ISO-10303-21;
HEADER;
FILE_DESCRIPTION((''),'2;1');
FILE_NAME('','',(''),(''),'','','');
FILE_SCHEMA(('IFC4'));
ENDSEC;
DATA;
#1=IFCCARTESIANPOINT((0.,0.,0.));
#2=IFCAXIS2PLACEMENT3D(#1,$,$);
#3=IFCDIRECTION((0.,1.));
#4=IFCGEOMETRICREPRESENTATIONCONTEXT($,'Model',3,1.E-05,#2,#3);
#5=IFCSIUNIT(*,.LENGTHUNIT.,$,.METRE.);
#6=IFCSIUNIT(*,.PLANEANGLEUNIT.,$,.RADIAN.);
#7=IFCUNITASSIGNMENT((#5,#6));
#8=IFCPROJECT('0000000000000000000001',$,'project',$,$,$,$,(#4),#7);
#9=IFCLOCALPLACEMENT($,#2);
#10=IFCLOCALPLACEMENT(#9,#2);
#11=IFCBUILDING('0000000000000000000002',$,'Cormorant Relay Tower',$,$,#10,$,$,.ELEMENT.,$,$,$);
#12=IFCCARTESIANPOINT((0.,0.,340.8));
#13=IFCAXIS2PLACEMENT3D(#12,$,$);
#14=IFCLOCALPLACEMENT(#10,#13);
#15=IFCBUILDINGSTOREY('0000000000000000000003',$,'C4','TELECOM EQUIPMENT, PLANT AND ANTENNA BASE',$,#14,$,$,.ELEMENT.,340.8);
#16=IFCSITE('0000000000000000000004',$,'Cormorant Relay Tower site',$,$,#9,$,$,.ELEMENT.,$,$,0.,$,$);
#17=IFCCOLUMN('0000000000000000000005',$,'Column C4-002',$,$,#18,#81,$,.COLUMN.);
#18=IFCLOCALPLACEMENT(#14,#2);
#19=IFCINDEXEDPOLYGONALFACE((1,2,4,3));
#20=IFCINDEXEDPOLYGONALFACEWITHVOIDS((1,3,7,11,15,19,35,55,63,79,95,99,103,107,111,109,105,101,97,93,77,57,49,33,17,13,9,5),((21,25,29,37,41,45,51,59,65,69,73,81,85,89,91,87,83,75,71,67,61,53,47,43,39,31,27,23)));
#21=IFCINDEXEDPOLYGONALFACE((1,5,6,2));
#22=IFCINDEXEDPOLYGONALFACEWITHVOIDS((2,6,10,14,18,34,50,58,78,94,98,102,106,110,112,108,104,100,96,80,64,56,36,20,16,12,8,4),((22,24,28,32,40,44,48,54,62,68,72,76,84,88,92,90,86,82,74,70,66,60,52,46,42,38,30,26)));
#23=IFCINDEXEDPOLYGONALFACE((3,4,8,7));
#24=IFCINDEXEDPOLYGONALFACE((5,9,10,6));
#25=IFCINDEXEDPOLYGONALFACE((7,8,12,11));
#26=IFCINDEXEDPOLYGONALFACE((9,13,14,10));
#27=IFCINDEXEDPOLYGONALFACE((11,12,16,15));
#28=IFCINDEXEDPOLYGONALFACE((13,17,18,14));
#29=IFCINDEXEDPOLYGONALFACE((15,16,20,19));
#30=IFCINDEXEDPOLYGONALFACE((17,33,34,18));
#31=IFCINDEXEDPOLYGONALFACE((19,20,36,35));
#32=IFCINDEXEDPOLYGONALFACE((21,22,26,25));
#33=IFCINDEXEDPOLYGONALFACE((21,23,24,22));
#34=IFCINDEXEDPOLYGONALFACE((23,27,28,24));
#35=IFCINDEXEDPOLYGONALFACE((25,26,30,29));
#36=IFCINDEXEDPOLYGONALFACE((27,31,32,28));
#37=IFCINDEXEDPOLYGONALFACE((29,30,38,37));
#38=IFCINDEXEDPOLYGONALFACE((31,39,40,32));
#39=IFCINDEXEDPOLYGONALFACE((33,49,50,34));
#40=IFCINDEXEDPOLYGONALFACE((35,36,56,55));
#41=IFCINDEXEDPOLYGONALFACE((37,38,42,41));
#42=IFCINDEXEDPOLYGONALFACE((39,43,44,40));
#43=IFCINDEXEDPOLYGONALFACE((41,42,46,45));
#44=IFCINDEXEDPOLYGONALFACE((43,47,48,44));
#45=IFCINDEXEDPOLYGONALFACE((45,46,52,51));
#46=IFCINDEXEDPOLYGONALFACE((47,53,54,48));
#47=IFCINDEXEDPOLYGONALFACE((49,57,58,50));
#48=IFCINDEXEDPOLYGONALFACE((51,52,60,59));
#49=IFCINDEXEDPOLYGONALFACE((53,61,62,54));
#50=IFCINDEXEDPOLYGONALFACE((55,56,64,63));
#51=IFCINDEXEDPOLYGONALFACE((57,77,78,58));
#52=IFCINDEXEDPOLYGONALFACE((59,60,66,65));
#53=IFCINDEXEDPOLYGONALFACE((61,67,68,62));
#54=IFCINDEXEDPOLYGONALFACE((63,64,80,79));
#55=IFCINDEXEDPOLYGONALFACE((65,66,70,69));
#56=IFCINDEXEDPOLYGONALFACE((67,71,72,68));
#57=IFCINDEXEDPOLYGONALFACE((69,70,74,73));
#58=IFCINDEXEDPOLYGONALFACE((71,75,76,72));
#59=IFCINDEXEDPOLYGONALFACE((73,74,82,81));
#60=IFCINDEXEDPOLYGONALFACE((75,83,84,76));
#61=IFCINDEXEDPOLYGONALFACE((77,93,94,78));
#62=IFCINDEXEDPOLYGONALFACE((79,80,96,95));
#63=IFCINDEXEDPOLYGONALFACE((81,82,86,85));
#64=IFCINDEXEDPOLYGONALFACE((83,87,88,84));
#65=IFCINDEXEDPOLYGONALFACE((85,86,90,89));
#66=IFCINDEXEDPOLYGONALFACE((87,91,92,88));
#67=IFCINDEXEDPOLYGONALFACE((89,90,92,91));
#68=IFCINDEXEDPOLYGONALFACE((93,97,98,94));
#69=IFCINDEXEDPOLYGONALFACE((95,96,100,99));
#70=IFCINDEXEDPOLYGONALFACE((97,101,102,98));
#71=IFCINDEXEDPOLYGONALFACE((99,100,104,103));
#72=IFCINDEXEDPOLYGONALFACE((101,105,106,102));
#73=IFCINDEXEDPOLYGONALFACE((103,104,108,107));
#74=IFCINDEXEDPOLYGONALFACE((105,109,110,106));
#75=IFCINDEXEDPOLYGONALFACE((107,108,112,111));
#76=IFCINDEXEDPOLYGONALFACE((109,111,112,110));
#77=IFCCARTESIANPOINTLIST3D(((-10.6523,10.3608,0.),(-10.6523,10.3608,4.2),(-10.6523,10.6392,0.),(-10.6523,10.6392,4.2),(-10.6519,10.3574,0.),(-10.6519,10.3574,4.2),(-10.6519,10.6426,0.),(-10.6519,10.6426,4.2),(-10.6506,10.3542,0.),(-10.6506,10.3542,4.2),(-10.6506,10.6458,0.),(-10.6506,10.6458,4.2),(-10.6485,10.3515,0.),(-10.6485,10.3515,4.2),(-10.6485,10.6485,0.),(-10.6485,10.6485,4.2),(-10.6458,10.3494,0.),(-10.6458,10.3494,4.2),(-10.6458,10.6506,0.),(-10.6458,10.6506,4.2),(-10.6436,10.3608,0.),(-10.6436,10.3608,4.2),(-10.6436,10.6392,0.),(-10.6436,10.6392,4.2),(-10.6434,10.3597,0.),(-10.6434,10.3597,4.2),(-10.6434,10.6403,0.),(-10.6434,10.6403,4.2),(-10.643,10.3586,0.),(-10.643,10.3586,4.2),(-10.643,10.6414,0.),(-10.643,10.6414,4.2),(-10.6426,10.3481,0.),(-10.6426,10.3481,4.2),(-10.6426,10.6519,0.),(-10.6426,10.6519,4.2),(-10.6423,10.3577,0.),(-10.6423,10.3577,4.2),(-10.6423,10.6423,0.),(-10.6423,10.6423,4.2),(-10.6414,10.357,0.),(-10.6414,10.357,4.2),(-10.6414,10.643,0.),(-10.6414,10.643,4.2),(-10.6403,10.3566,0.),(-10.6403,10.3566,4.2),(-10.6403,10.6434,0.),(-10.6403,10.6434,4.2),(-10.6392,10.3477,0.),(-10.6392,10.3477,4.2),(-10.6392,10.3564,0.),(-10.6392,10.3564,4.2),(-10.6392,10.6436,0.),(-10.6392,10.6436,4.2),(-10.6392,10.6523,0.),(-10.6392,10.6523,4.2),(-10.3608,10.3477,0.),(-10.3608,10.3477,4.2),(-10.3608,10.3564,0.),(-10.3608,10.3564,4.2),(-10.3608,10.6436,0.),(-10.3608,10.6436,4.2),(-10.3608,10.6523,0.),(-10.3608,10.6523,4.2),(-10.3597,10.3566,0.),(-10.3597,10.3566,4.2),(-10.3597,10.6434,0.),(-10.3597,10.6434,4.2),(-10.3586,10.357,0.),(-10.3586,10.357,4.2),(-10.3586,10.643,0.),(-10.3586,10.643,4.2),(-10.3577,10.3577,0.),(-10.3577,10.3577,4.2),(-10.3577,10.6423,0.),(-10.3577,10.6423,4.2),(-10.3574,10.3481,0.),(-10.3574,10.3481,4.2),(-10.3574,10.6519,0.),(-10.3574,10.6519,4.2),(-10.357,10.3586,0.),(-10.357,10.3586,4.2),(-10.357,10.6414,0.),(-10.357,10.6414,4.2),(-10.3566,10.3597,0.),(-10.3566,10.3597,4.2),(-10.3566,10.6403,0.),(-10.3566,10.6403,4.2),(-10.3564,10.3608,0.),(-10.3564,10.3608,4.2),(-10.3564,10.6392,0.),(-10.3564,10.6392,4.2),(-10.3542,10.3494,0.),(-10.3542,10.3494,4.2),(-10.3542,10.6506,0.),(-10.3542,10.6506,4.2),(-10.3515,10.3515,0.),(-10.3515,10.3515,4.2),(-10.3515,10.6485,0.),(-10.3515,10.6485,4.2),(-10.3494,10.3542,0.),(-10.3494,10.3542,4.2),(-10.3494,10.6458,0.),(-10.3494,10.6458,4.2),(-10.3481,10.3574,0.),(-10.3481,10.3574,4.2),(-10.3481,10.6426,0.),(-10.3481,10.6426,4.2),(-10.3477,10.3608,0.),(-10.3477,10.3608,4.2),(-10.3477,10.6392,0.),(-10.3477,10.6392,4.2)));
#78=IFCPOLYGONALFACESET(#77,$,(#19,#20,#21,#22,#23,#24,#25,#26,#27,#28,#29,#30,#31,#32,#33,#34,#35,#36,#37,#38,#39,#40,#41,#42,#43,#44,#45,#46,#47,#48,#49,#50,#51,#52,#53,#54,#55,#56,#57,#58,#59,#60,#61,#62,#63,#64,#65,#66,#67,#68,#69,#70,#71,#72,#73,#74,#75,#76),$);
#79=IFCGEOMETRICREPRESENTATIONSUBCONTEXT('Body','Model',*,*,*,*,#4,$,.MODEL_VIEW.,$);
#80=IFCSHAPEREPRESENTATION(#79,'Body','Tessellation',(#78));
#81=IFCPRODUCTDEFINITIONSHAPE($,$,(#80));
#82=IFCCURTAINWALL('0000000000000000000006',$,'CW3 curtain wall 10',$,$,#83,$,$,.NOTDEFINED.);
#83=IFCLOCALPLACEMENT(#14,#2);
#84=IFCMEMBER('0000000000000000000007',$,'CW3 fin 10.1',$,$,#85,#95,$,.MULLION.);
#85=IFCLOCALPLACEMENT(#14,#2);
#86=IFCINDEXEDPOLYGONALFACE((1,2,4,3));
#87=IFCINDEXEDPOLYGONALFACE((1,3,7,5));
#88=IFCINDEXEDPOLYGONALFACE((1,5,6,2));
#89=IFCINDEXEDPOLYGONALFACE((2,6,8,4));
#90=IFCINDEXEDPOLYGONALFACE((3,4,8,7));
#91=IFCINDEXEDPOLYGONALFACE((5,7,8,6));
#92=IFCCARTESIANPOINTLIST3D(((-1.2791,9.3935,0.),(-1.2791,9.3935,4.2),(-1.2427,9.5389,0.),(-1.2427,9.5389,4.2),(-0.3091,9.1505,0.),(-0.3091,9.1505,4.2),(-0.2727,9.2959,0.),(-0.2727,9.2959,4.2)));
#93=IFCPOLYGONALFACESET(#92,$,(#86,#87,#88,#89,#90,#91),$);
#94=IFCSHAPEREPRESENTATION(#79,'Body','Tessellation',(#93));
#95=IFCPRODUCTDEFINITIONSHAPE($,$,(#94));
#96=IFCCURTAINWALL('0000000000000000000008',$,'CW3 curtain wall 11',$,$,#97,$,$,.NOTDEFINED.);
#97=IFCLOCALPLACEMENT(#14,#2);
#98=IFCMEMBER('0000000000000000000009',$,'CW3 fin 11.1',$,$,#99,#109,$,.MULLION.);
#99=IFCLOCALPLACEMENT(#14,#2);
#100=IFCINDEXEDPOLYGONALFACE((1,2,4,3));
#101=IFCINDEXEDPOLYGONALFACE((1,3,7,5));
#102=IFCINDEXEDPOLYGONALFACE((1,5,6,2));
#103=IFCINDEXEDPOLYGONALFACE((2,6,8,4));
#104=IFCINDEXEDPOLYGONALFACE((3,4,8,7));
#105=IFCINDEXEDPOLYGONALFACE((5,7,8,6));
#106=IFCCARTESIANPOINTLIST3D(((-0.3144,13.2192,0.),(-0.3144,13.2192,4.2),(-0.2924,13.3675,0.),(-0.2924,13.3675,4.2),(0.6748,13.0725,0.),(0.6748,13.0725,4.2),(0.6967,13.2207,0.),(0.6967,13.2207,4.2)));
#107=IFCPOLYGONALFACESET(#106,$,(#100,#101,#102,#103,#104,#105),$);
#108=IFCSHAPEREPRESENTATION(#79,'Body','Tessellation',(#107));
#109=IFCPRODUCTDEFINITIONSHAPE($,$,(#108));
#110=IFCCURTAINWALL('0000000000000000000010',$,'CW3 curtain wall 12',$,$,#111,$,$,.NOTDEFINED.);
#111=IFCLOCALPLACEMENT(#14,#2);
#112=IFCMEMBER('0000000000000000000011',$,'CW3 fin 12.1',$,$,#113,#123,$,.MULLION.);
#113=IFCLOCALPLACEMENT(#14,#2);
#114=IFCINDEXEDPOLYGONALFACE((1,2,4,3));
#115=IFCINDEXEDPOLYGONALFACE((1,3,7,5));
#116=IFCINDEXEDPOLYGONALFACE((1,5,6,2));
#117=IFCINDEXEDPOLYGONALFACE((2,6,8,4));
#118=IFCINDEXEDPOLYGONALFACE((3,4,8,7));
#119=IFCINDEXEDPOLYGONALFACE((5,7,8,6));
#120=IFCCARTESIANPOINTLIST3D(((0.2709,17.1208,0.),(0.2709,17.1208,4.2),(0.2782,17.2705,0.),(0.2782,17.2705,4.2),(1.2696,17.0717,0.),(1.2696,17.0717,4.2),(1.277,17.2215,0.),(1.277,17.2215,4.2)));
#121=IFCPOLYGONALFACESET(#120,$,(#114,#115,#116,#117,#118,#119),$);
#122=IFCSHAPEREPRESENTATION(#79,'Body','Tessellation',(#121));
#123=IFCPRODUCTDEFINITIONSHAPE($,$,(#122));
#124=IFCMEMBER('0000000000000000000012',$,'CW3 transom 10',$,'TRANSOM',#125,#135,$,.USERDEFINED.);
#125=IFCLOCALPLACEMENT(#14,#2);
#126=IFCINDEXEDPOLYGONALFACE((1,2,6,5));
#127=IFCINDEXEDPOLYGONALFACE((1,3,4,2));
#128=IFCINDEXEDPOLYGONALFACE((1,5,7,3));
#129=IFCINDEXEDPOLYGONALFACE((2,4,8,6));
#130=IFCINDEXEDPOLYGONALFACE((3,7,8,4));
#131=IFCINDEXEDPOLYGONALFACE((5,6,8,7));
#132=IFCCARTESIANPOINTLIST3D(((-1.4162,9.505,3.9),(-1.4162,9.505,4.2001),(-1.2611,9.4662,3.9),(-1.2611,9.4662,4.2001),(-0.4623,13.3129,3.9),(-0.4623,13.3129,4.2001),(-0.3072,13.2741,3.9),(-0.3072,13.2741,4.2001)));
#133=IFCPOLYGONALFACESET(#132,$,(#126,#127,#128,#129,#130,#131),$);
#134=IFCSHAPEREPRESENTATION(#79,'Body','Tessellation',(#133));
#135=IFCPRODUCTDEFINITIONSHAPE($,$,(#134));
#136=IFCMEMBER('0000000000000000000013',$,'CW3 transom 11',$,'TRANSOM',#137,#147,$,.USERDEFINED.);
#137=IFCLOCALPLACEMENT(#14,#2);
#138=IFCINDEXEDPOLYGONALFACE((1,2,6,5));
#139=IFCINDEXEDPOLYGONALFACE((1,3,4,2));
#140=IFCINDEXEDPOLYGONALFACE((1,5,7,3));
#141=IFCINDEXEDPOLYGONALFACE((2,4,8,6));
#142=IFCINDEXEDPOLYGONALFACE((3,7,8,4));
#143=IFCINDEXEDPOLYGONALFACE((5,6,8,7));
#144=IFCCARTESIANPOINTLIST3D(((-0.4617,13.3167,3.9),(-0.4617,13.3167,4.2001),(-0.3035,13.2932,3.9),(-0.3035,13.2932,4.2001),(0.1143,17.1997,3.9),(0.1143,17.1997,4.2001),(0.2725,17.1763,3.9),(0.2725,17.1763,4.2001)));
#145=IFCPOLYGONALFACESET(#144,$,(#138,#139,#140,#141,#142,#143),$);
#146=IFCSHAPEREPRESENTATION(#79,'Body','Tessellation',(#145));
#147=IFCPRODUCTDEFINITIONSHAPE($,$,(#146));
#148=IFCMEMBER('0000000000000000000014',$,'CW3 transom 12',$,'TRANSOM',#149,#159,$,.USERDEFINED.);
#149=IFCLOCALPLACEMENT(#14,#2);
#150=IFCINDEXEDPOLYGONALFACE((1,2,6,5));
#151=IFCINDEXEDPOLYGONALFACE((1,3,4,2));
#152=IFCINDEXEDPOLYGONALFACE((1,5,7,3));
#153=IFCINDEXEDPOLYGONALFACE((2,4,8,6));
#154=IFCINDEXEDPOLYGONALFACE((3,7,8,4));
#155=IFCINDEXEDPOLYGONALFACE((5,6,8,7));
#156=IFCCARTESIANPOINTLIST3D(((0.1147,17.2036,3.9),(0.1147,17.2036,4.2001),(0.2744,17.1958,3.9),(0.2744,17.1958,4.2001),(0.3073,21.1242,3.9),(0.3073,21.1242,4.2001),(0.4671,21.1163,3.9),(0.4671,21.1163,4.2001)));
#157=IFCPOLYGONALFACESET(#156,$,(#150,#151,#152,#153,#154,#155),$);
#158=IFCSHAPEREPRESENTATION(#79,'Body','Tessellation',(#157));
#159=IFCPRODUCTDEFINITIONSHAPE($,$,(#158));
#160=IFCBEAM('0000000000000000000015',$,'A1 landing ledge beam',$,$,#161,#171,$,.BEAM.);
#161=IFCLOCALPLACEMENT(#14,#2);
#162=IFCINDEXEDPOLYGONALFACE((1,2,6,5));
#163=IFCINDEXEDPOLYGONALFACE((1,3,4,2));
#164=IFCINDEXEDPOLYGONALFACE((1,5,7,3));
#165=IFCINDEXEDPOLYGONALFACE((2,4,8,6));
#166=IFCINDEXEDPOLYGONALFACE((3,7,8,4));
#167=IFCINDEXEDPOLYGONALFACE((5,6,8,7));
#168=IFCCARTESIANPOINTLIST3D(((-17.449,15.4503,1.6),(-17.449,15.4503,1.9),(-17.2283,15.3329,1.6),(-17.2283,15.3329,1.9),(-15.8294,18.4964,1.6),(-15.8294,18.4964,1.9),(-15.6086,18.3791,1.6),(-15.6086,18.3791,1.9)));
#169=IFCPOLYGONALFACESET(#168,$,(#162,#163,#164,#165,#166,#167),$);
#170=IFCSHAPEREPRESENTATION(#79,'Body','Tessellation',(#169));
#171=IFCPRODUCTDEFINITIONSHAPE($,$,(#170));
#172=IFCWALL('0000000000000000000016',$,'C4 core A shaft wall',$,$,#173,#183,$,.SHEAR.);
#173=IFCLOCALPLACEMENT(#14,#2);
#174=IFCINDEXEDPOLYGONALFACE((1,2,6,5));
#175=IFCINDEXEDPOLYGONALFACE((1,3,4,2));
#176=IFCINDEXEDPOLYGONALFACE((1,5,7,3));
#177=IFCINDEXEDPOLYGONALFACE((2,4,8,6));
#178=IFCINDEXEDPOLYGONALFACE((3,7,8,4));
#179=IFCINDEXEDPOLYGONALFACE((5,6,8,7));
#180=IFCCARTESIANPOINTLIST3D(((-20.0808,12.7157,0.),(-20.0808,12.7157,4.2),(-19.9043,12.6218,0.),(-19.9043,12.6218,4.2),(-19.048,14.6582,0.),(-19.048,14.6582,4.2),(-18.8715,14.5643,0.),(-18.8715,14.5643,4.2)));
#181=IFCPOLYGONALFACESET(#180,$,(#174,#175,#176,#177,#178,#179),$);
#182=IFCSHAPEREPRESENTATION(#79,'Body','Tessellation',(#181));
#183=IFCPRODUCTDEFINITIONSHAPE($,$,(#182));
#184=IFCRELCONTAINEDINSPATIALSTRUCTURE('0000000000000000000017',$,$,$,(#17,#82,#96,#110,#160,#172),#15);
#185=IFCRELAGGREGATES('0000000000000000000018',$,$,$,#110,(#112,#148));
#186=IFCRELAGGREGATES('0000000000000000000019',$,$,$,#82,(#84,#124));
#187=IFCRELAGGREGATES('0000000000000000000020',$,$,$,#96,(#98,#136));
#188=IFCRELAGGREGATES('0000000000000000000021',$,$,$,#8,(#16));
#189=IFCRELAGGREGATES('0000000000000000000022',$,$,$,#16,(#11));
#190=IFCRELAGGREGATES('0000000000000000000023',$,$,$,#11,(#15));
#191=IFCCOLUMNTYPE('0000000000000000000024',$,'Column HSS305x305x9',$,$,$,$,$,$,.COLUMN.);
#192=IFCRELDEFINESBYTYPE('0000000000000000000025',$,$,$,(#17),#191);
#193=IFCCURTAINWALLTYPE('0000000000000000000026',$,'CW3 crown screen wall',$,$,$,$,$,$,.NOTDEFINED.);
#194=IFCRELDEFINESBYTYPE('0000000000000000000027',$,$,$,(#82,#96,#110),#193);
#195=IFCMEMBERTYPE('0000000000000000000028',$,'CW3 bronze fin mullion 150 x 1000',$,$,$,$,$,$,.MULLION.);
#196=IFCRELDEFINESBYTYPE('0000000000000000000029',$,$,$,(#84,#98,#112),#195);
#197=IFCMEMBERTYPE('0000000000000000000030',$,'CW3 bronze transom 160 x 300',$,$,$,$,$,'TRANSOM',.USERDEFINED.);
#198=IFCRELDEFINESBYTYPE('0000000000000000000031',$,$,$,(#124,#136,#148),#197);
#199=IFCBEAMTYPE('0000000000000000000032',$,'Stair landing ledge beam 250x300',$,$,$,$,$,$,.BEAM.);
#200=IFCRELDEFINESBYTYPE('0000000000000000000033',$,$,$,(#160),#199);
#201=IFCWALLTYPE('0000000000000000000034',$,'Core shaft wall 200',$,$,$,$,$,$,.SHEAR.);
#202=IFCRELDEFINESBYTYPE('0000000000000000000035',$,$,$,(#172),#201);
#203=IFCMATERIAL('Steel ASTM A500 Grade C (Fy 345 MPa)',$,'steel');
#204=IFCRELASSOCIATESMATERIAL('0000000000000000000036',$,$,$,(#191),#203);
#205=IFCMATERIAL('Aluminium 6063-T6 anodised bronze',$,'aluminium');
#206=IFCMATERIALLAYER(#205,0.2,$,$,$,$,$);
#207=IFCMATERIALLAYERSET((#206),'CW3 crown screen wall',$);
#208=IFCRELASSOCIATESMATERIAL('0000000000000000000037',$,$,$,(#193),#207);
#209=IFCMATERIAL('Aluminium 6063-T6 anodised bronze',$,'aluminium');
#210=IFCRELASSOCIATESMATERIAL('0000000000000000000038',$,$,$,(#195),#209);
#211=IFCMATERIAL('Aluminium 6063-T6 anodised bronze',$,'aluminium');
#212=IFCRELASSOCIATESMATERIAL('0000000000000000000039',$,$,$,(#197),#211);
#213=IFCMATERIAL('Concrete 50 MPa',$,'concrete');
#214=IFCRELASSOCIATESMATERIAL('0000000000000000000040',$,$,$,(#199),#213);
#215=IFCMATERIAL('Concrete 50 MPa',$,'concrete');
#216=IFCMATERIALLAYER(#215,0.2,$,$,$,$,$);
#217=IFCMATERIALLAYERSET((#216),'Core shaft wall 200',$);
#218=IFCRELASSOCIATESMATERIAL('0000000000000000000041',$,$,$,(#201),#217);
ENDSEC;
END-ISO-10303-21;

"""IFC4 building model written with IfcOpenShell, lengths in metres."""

from ifc_helpers import new_model, si_unit, direction, frame, frame_2d, origin, origin_2d, place, context, subcontext, project, spatial, rectangle, hollow_rectangle, extrude, material, layer, layer_set, material_profile, profile_set, type_object, element, aggregate, save


model = new_model("IFC4")

# Units and contexts
model_context = context("Model", 3, precision=1e-05, world=origin(), true_north=direction((0.0, 1.0)))
body_context = subcontext(model_context, "Body", "Model", "MODEL_VIEW")
ifc_project = project(units=[si_unit("LENGTHUNIT", "METRE"), si_unit("PLANEANGLEUNIT", "RADIAN")], contexts=[model_context])

# Site, building, storey
site_placement = place(None, origin())
site = spatial("IfcSite", under=ifc_project, at=site_placement, Name="Cormorant Relay Tower site", CompositionType="ELEMENT", RefElevation=0.0)
building_placement = place(site_placement, origin())
building = spatial("IfcBuilding", under=site, at=building_placement, Name="Cormorant Relay Tower", CompositionType="ELEMENT")
storey_placement = place(building_placement, frame((0.0, 0.0, 340.8)))
storey = spatial("IfcBuildingStorey", under=building, at=storey_placement, Name="C4", Description="TELECOM EQUIPMENT, PLANT AND ANTENNA BASE", CompositionType="ELEMENT", Elevation=340.8)

# Column
ifc_material_1 = material(Name="Steel ASTM A500 Grade C (Fy 345 MPa)", Category="steel")
ifc_material_profile_1 = material_profile(ifc_material_1, hollow_rectangle(XDim=0.3047, YDim=0.3047, WallThickness=0.0088, InnerFilletRadius=0.0044, OuterFilletRadius=0.0132, at=origin_2d()), Name="HSS305x305x9")
ifc_profile_set_1 = profile_set([ifc_material_profile_1], Name="Steel ASTM A500 Grade C (Fy 345 MPa)")
column_type = type_object("IfcColumnType", Name="Column HSS305x305x9", PredefinedType="COLUMN", material=ifc_profile_set_1)
column_placement = place(storey_placement, frame((-10.5, 10.5, 0.0), z_axis=(0.0, 0.0, 1.0), x_axis=(1.0, 0.0, 0.0)))
element("IfcColumn", 1, at=column_placement, inside=storey, type_object=column_type, Name="Column C4-002", PredefinedType="COLUMN", context=body_context, shape_type="SweptSolid", body=[
    extrude(hollow_rectangle(XDim=0.3047, YDim=0.3047, WallThickness=0.0088, InnerFilletRadius=0.0044, OuterFilletRadius=0.0132, at=origin_2d()), origin(), (0.0, 0.0, 1.0), 4.2),
])

# Curtain walls, members
ifc_material_2 = material(Name="Aluminium 6063-T6 anodised bronze", Category="aluminium")
ifc_layer_1 = layer(ifc_material_2, 0.2)
ifc_layer_set_1 = layer_set([ifc_layer_1], Name="CW3 crown screen wall")
curtain_wall_type = type_object("IfcCurtainWallType", Name="CW3 crown screen wall", PredefinedType="NOTDEFINED", material=ifc_layer_set_1)
curtain_wall_1_placement = place(storey_placement, origin())
curtain_wall_1 = element("IfcCurtainWall", 2, at=curtain_wall_1_placement, inside=storey, type_object=curtain_wall_type, Name="CW3 curtain wall 10", PredefinedType="NOTDEFINED")
ifc_material_3 = material(Name="Aluminium 6063-T6 anodised bronze", Category="aluminium")
ifc_material_profile_2 = material_profile(ifc_material_3, rectangle(XDim=0.1499, YDim=1.0, at=origin_2d()), Name="AL 150x1000")
ifc_profile_set_2 = profile_set([ifc_material_profile_2], Name="Aluminium 6063-T6 anodised bronze")
member_type_1 = type_object("IfcMemberType", Name="CW3 bronze fin mullion 150 x 1000", PredefinedType="MULLION", material=ifc_profile_set_2)
member_1_placement = place(storey_placement, frame((-0.7759, 9.3447, 0.0), z_axis=(0.0, 0.0, 1.0), x_axis=(0.24298, 0.970031, 0.0)))
member_1 = element("IfcMember", 3, at=member_1_placement, type_object=member_type_1, Name="CW3 fin 10.1", PredefinedType="MULLION", context=body_context, shape_type="SweptSolid", body=[
    extrude(rectangle(XDim=0.1499, YDim=1.0, at=origin_2d()), origin(), (0.0, 0.0, 1.0), 4.2),
])
curtain_wall_2_placement = place(storey_placement, origin())
curtain_wall_2 = element("IfcCurtainWall", 4, at=curtain_wall_2_placement, inside=storey, type_object=curtain_wall_type, Name="CW3 curtain wall 11", PredefinedType="NOTDEFINED")
member_2_placement = place(storey_placement, frame((0.1912, 13.22, 0.0), z_axis=(0.0, 0.0, 1.0), x_axis=(0.14673, 0.989177, 0.0)))
member_2 = element("IfcMember", 5, at=member_2_placement, type_object=member_type_1, Name="CW3 fin 11.1", PredefinedType="MULLION", context=body_context, shape_type="SweptSolid", body=[
    extrude(rectangle(XDim=0.1499, YDim=1.0, at=origin_2d()), origin(), (0.0, 0.0, 1.0), 4.2),
])
curtain_wall_3_placement = place(storey_placement, origin())
curtain_wall_3 = element("IfcCurtainWall", 6, at=curtain_wall_3_placement, inside=storey, type_object=curtain_wall_type, Name="CW3 curtain wall 12", PredefinedType="NOTDEFINED")
member_3_placement = place(storey_placement, frame((0.7739, 17.1711, 0.0), z_axis=(0.0, 0.0, 1.0), x_axis=(0.049068, 0.998795, 0.0)))
member_3 = element("IfcMember", 7, at=member_3_placement, type_object=member_type_1, Name="CW3 fin 12.1", PredefinedType="MULLION", context=body_context, shape_type="SweptSolid", body=[
    extrude(rectangle(XDim=0.1499, YDim=1.0, at=origin_2d()), origin(), (0.0, 0.0, 1.0), 4.2),
])

# Members
ifc_material_4 = material(Name="Aluminium 6063-T6 anodised bronze", Category="aluminium")
ifc_material_profile_3 = material_profile(ifc_material_4, rectangle(XDim=0.1599, YDim=0.3, at=origin_2d()), Name="AL 160x300")
ifc_profile_set_3 = profile_set([ifc_material_profile_3], Name="Aluminium 6063-T6 anodised bronze")
member_type_2 = type_object("IfcMemberType", Name="CW3 bronze transom 160 x 300", ElementType="TRANSOM", PredefinedType="USERDEFINED", material=ifc_profile_set_3)
member_4_placement = place(storey_placement, frame((-1.3386, 9.4856, 4.05), z_axis=(0.242989, 0.970029, 0.0), x_axis=(-0.970029, 0.242989, 0.0)))
member_4 = element("IfcMember", 8, at=member_4_placement, type_object=member_type_2, Name="CW3 transom 10", ObjectType="TRANSOM", PredefinedType="USERDEFINED", context=body_context, shape_type="SweptSolid", body=[
    extrude(rectangle(XDim=0.1599, YDim=0.3, at=origin_2d()), origin(), (0.0, 0.0, 1.0), 3.9255),
])
member_5_placement = place(storey_placement, frame((-0.3826, 13.3049, 4.05), z_axis=(0.146713, 0.989179, 0.0), x_axis=(-0.989179, 0.146713, 0.0)))
member_5 = element("IfcMember", 9, at=member_5_placement, type_object=member_type_2, Name="CW3 transom 11", ObjectType="TRANSOM", PredefinedType="USERDEFINED", context=body_context, shape_type="SweptSolid", body=[
    extrude(rectangle(XDim=0.1599, YDim=0.3, at=origin_2d()), origin(), (0.0, 0.0, 1.0), 3.9255),
])
member_6_placement = place(storey_placement, frame((0.1946, 17.1997, 4.05), z_axis=(0.049072, 0.998795, 0.0), x_axis=(-0.998795, 0.049072, 0.0)))
member_6 = element("IfcMember", 10, at=member_6_placement, type_object=member_type_2, Name="CW3 transom 12", ObjectType="TRANSOM", PredefinedType="USERDEFINED", context=body_context, shape_type="SweptSolid", body=[
    extrude(rectangle(XDim=0.1599, YDim=0.3, at=origin_2d()), origin(), (0.0, 0.0, 1.0), 3.9253),
])
aggregate(curtain_wall_3, [member_3, member_6])

# Beam
ifc_material_5 = material(Name="Concrete 50 MPa", Category="concrete")
ifc_material_profile_4 = material_profile(ifc_material_5, rectangle(XDim=0.25, YDim=0.3, at=origin_2d()), Name="RC 250x300")
ifc_profile_set_4 = profile_set([ifc_material_profile_4], Name="Concrete 50 MPa")
beam_type = type_object("IfcBeamType", Name="Stair landing ledge beam 250x300", PredefinedType="BEAM", material=ifc_profile_set_4)
beam_placement = place(storey_placement, frame((-17.3386, 15.3916, 1.75), z_axis=(0.469464, 0.882952, 0.0), x_axis=(-0.882952, 0.469464, 0.0)))
element("IfcBeam", 11, at=beam_placement, inside=storey, type_object=beam_type, Name="A1 landing ledge beam", PredefinedType="BEAM", context=body_context, shape_type="SweptSolid", body=[
    extrude(rectangle(XDim=0.25, YDim=0.3, at=origin_2d()), origin(), (0.0, 0.0, 1.0), 3.45),
])

# Wall
ifc_material_6 = material(Name="Concrete 50 MPa", Category="concrete")
ifc_layer_2 = layer(ifc_material_6, 0.2)
ifc_layer_set_2 = layer_set([ifc_layer_2], Name="Core shaft wall 200")
wall_type_1 = type_object("IfcWallType", Name="Core shaft wall 200", PredefinedType="SHEAR", material=ifc_layer_set_2)
wall_1_placement = place(storey_placement, frame((-18.9597, 14.6113, 0.0), z_axis=(0.0, 0.0, 1.0), x_axis=(-0.469447, -0.88296, 0.0)))
element("IfcWall", 12, at=wall_1_placement, inside=storey, type_object=wall_type_1, Name="C4 core A shaft wall", PredefinedType="SHEAR", context=body_context, shape_type="SweptSolid", body=[
    extrude(rectangle(XDim=2.2, YDim=0.2, at=frame_2d((1.1001, 0.0))), origin(), (0.0, 0.0, 1.0), 4.2),
])

aggregate(curtain_wall_1, [member_1, member_4])
aggregate(curtain_wall_2, [member_2, member_5])

save(model, "model.ifc")
